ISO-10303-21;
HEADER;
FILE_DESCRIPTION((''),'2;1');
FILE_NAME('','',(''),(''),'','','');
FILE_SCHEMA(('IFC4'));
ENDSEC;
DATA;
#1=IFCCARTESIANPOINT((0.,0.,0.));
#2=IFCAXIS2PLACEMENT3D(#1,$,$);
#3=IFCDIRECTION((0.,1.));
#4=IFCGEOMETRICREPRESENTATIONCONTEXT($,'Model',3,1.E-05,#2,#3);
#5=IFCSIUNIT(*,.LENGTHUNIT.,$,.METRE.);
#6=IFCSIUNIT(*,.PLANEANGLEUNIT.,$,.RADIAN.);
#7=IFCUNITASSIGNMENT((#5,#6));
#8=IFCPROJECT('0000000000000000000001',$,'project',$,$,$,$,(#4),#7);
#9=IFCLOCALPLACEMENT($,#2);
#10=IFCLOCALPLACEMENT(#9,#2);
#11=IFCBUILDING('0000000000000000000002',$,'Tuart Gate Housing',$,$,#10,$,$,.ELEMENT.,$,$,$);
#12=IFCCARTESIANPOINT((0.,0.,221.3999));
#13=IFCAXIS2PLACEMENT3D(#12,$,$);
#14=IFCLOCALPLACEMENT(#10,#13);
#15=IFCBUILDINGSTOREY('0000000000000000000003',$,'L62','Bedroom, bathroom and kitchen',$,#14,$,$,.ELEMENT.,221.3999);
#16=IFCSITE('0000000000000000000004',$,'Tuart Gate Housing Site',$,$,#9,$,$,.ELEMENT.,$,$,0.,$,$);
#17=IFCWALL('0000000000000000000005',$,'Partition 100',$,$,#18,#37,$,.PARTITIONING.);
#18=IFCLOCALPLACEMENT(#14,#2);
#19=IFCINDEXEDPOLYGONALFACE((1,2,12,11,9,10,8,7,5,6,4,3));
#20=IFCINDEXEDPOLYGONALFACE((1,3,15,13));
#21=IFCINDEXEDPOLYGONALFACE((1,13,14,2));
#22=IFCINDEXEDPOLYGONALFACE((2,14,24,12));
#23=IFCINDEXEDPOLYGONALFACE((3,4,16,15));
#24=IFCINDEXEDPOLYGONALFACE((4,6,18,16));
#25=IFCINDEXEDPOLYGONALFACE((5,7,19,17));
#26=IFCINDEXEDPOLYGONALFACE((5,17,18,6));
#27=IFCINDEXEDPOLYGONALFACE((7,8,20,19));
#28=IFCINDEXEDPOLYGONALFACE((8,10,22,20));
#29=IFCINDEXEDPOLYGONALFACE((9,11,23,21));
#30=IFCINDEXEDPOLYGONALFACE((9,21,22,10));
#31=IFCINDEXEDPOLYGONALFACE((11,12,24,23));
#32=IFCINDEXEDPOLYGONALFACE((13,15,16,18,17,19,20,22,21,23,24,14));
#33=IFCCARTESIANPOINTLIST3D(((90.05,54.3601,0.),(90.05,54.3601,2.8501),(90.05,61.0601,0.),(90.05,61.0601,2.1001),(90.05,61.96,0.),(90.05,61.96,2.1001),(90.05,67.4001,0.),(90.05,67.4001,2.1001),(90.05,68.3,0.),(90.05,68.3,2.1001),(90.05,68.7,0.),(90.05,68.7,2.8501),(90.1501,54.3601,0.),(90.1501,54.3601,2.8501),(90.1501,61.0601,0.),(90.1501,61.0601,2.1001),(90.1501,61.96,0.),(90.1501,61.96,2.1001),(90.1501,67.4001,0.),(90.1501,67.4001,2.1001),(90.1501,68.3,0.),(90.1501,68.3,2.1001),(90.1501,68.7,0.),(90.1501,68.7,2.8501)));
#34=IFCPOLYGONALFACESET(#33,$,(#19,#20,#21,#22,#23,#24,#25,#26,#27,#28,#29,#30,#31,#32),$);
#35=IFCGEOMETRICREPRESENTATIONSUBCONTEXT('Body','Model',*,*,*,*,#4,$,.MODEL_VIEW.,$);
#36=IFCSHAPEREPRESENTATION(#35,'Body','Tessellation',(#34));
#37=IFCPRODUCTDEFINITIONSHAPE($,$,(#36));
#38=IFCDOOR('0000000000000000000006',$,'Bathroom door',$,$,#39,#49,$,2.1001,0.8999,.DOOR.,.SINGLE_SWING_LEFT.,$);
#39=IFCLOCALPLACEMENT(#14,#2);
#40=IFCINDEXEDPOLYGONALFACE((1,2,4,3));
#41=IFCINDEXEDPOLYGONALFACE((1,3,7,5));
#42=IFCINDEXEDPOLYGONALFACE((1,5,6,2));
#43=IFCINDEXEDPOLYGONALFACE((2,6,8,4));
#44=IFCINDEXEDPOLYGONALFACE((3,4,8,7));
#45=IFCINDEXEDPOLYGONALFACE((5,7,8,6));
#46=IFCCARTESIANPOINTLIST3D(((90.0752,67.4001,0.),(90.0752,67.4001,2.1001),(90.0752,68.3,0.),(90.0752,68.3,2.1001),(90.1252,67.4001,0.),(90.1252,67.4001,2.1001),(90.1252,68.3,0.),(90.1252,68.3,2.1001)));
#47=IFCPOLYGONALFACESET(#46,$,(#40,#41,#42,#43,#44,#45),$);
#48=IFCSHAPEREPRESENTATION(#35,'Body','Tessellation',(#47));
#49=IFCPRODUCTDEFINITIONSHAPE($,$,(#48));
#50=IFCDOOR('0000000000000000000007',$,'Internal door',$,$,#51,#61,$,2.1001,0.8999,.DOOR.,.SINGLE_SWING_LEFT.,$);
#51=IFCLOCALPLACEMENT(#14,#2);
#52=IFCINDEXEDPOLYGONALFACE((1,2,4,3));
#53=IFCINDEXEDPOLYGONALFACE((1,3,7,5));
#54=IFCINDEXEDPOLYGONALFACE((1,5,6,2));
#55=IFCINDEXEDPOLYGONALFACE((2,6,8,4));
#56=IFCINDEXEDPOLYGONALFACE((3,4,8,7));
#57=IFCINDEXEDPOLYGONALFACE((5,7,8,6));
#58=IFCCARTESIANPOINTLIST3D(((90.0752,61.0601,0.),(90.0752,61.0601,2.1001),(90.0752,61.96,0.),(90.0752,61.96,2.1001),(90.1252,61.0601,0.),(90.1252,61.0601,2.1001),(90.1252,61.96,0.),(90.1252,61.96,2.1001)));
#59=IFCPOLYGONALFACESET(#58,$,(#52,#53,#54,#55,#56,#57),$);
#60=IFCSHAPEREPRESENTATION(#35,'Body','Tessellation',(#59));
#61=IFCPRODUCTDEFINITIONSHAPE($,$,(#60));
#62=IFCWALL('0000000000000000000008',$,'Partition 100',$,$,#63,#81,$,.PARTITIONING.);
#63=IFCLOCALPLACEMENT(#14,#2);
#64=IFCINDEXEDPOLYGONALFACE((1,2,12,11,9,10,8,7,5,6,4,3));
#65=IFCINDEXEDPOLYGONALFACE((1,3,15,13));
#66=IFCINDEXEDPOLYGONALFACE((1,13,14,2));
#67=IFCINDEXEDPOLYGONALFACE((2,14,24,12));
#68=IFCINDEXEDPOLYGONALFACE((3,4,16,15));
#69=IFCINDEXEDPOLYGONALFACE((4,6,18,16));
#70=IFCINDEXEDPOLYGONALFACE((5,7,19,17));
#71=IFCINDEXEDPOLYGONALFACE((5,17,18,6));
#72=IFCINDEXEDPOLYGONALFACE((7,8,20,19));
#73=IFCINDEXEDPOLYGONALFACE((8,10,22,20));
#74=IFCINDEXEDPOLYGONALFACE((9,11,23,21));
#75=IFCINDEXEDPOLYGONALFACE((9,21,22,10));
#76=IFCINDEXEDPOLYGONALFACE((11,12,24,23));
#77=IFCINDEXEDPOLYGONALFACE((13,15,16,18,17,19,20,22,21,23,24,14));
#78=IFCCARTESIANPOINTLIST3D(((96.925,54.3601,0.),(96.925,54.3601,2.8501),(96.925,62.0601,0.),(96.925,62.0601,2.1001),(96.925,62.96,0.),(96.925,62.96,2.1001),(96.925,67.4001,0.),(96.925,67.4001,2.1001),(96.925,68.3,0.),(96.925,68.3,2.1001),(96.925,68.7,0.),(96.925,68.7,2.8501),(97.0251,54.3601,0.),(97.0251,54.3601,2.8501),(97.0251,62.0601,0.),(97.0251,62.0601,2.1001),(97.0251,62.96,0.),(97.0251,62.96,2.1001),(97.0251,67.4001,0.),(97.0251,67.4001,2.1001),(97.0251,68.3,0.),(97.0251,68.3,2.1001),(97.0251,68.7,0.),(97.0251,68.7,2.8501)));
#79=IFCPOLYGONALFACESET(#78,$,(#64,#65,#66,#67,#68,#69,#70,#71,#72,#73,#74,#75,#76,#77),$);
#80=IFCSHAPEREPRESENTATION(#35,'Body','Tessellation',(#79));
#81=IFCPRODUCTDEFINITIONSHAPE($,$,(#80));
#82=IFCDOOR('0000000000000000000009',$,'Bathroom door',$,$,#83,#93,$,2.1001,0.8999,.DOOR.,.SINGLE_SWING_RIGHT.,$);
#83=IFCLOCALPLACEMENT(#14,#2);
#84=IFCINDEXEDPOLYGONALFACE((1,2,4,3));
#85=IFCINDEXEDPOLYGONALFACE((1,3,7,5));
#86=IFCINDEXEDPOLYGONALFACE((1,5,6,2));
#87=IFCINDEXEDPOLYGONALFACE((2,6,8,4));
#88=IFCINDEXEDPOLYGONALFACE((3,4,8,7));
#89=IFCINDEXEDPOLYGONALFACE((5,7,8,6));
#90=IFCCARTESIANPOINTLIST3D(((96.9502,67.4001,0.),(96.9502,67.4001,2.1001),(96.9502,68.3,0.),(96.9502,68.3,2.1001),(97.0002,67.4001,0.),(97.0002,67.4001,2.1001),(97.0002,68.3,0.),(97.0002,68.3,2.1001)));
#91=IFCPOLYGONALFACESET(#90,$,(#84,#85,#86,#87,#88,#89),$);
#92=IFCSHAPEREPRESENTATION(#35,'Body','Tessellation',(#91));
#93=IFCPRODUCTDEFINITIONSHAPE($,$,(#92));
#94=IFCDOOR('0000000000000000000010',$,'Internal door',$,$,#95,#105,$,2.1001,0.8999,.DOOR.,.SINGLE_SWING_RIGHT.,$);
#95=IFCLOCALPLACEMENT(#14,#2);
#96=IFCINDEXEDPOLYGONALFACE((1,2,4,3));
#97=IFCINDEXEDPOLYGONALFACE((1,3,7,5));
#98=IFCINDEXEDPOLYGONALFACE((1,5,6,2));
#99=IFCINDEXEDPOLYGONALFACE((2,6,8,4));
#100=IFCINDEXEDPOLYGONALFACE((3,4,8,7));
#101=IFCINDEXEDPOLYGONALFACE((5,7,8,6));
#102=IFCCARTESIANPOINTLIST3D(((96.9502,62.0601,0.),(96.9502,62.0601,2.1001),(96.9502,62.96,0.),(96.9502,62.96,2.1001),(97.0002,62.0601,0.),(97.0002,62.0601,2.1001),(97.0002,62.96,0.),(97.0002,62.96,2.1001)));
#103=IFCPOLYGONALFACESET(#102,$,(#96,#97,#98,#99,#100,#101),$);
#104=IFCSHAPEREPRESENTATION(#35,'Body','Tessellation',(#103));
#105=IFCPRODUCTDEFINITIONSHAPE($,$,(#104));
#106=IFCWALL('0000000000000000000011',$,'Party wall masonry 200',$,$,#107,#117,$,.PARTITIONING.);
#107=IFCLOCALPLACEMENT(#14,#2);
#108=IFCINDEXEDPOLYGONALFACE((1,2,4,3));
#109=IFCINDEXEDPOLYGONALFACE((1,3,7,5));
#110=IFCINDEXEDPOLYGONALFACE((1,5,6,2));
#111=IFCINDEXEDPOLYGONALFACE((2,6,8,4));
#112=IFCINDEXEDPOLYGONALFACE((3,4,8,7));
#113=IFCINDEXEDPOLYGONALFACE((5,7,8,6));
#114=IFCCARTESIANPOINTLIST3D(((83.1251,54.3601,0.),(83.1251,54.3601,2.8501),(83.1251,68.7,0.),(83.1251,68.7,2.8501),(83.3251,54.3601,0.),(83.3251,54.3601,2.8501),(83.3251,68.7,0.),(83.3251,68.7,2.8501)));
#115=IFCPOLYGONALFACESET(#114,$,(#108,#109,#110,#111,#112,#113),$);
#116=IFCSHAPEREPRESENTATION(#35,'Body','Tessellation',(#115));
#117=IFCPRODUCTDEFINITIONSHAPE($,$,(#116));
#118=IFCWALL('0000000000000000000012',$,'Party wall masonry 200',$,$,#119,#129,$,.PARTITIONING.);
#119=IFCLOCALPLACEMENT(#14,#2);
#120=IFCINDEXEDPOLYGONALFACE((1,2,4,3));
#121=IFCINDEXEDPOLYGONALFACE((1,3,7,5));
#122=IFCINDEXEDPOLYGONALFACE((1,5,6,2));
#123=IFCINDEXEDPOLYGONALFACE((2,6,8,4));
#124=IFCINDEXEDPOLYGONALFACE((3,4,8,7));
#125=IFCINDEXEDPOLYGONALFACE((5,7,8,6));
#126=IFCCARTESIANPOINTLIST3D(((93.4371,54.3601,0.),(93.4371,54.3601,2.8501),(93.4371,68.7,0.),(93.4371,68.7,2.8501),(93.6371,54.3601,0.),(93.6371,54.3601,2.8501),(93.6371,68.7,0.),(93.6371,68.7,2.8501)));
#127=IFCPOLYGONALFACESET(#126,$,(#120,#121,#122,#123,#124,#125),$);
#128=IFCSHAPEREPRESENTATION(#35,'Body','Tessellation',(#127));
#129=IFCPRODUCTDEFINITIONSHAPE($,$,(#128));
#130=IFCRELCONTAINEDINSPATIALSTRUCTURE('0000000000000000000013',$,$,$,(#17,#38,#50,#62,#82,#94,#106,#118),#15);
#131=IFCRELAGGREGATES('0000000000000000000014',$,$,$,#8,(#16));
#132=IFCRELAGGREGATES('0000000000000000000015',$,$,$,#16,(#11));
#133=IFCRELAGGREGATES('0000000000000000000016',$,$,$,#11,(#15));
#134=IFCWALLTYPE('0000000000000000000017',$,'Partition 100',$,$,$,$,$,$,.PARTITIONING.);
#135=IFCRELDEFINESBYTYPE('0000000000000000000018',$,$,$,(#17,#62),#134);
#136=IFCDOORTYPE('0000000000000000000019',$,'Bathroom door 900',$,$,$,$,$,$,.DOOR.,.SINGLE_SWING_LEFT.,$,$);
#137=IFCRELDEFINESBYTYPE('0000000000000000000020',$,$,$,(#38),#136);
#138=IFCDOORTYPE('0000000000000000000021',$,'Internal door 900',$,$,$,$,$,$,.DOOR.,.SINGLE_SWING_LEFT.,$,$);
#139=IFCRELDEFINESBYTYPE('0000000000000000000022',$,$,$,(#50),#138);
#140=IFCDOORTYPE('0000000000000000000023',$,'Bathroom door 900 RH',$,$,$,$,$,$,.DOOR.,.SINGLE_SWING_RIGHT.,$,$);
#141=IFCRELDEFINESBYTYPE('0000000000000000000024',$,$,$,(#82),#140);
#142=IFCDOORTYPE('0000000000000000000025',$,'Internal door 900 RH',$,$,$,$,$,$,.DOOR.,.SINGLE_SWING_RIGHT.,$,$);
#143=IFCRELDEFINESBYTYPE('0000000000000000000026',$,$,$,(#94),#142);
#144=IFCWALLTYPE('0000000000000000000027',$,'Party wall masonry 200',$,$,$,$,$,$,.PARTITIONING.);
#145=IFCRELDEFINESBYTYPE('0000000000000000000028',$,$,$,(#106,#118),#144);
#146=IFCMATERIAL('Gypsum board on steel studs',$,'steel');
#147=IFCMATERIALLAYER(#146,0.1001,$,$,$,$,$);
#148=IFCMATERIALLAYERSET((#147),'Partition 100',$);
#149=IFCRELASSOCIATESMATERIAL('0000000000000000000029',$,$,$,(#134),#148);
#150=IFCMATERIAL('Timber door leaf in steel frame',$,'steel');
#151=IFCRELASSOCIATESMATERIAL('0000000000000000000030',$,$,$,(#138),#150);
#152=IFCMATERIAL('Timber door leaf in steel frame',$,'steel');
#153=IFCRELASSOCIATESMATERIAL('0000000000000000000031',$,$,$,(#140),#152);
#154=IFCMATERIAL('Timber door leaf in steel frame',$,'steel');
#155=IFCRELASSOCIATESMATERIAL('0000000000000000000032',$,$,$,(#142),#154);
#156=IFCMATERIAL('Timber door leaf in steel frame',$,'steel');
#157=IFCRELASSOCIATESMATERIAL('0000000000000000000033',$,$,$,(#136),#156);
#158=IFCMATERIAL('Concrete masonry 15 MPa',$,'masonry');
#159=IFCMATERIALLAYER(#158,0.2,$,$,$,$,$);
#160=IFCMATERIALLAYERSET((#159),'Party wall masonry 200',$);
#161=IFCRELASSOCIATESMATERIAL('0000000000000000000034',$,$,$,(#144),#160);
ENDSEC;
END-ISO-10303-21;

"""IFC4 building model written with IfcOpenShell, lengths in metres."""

from ifc_helpers import new_model, si_unit, direction, frame, frame_2d, origin, place, context, subcontext, project, spatial, rectangle, extrude, material, layer, layer_set, type_object, element, fill, save


model = new_model("IFC4")

# Units and contexts
model_context = context("Model", 3, precision=1e-05, world=origin(), true_north=direction((0.0, 1.0)))
body_context = subcontext(model_context, "Body", "Model", "MODEL_VIEW")
ifc_project = project(units=[si_unit("LENGTHUNIT", "METRE"), si_unit("PLANEANGLEUNIT", "RADIAN")], contexts=[model_context])

# Site, building, storey
site_placement = place(None, origin())
site = spatial("IfcSite", under=ifc_project, at=site_placement, Name="Tuart Gate Housing Site", CompositionType="ELEMENT", RefElevation=0.0)
building_placement = place(site_placement, origin())
building = spatial("IfcBuilding", under=site, at=building_placement, Name="Tuart Gate Housing", CompositionType="ELEMENT")
storey_placement = place(building_placement, frame((0.0, 0.0, 221.3999)))
storey = spatial("IfcBuildingStorey", under=building, at=storey_placement, Name="L62", Description="Bedroom, bathroom and kitchen", CompositionType="ELEMENT", Elevation=221.3999)

# Shared definitions
ifc_material_1 = material(Name="Gypsum board on steel studs", Category="steel")
ifc_layer_1 = layer(ifc_material_1, 0.1001)
ifc_layer_set_1 = layer_set([ifc_layer_1], Name="Partition 100")
wall_type_1 = type_object("IfcWallType", Name="Partition 100", PredefinedType="PARTITIONING", material=ifc_layer_set_1)
ifc_material_2 = material(Name="Timber door leaf in steel frame", Category="steel")
door_type_1 = type_object("IfcDoorType", Name="Internal door 900", OperationType="SINGLE_SWING_LEFT", PredefinedType="DOOR", material=ifc_material_2)

# Walls, openings, doors
ifc_material_3 = material(Name="Timber door leaf in steel frame", Category="steel")
door_type_2 = type_object("IfcDoorType", Name="Bathroom door 900 RH", OperationType="SINGLE_SWING_RIGHT", PredefinedType="DOOR", material=ifc_material_3)
ifc_material_4 = material(Name="Timber door leaf in steel frame", Category="steel")
door_type_3 = type_object("IfcDoorType", Name="Internal door 900 RH", OperationType="SINGLE_SWING_RIGHT", PredefinedType="DOOR", material=ifc_material_4)
wall_1_placement = place(storey_placement, frame((90.1001, 54.3601, 0.0), z_axis=(0.0, 0.0, 1.0), x_axis=(0.0, 1.0, 0.0)))
wall_1 = element("IfcWall", 1, at=wall_1_placement, inside=storey, type_object=wall_type_1, Name="Partition 100", PredefinedType="PARTITIONING", context=body_context, shape_type="SweptSolid", body=[
    extrude(rectangle(XDim=14.3398, YDim=0.1001, at=frame_2d((7.1699, 0.0))), origin(), (0.0, 0.0, 1.0), 2.8501),
])
opening_1_placement = place(wall_1_placement, frame((6.7, 0.0, 0.0)))
opening_1 = element("IfcOpeningElement", 2, at=opening_1_placement, cuts=wall_1, PredefinedType="OPENING", context=body_context, shape_type="SweptSolid", body=[
    extrude(rectangle(XDim=0.8999, YDim=2.1001, at=frame_2d((0.45, 1.05))), frame((0.0, 0.0601, 0.0), z_axis=(0.0, -1.0, 0.0), x_axis=(1.0, 0.0, 0.0)), (0.0, 0.0, 1.0), 0.1201),
])
opening_2_placement = place(wall_1_placement, frame((13.04, 0.0, 0.0)))
opening_2 = element("IfcOpeningElement", 3, at=opening_2_placement, cuts=wall_1, PredefinedType="OPENING", context=body_context, shape_type="SweptSolid", body=[
    extrude(rectangle(XDim=0.8999, YDim=2.1001, at=frame_2d((0.45, 1.05))), frame((0.0, 0.0601, 0.0), z_axis=(0.0, -1.0, 0.0), x_axis=(1.0, 0.0, 0.0)), (0.0, 0.0, 1.0), 0.1201),
])
ifc_material_5 = material(Name="Timber door leaf in steel frame", Category="steel")
door_type_4 = type_object("IfcDoorType", Name="Bathroom door 900", OperationType="SINGLE_SWING_LEFT", PredefinedType="DOOR", material=ifc_material_5)
door_1_placement = place(opening_2_placement, frame((0.8999, 0.0, 0.0), z_axis=(0.0, 0.0, 1.0), x_axis=(-1.0, 0.0, 0.0)))
door_1 = element("IfcDoor", 4, at=door_1_placement, inside=storey, type_object=door_type_4, Name="Bathroom door", OperationType="SINGLE_SWING_LEFT", OverallHeight=2.1001, OverallWidth=0.8999, PredefinedType="DOOR", context=body_context, shape_type="SweptSolid", body=[
    extrude(rectangle(XDim=0.8999, YDim=2.1001, at=frame_2d((0.45, 1.05))), frame((0.0, 0.0251, 0.0), z_axis=(0.0, -1.0, 0.0), x_axis=(1.0, 0.0, 0.0)), (0.0, 0.0, 1.0), 0.05),
])
fill(opening_2, door_1)
door_2_placement = place(opening_1_placement, frame((0.8999, 0.0, 0.0), z_axis=(0.0, 0.0, 1.0), x_axis=(-1.0, 0.0, 0.0)))
door_2 = element("IfcDoor", 5, at=door_2_placement, inside=storey, type_object=door_type_1, Name="Internal door", OperationType="SINGLE_SWING_LEFT", OverallHeight=2.1001, OverallWidth=0.8999, PredefinedType="DOOR", context=body_context, shape_type="SweptSolid", body=[
    extrude(rectangle(XDim=0.8999, YDim=2.1001, at=frame_2d((0.45, 1.05))), frame((0.0, 0.0251, 0.0), z_axis=(0.0, -1.0, 0.0), x_axis=(1.0, 0.0, 0.0)), (0.0, 0.0, 1.0), 0.05),
])
fill(opening_1, door_2)
wall_2_placement = place(storey_placement, frame((96.9751, 54.3601, 0.0), z_axis=(0.0, 0.0, 1.0), x_axis=(0.0, 1.0, 0.0)))
wall_2 = element("IfcWall", 6, at=wall_2_placement, inside=storey, type_object=wall_type_1, Name="Partition 100", PredefinedType="PARTITIONING", context=body_context, shape_type="SweptSolid", body=[
    extrude(rectangle(XDim=14.3398, YDim=0.1001, at=frame_2d((7.1699, 0.0))), origin(), (0.0, 0.0, 1.0), 2.8501),
])
opening_3_placement = place(wall_2_placement, frame((7.7, 0.0, 0.0)))
opening_3 = element("IfcOpeningElement", 7, at=opening_3_placement, cuts=wall_2, PredefinedType="OPENING", context=body_context, shape_type="SweptSolid", body=[
    extrude(rectangle(XDim=0.8999, YDim=2.1001, at=frame_2d((0.45, 1.05))), frame((0.0, 0.0601, 0.0), z_axis=(0.0, -1.0, 0.0), x_axis=(1.0, 0.0, 0.0)), (0.0, 0.0, 1.0), 0.1201),
])
opening_4_placement = place(wall_2_placement, frame((13.04, 0.0, 0.0)))
opening_4 = element("IfcOpeningElement", 8, at=opening_4_placement, cuts=wall_2, PredefinedType="OPENING", context=body_context, shape_type="SweptSolid", body=[
    extrude(rectangle(XDim=0.8999, YDim=2.1001, at=frame_2d((0.45, 1.05))), frame((0.0, 0.0601, 0.0), z_axis=(0.0, -1.0, 0.0), x_axis=(1.0, 0.0, 0.0)), (0.0, 0.0, 1.0), 0.1201),
])
door_3_placement = place(opening_4_placement, origin())
door_3 = element("IfcDoor", 9, at=door_3_placement, inside=storey, type_object=door_type_2, Name="Bathroom door", OperationType="SINGLE_SWING_RIGHT", OverallHeight=2.1001, OverallWidth=0.8999, PredefinedType="DOOR", context=body_context, shape_type="SweptSolid", body=[
    extrude(rectangle(XDim=0.8999, YDim=2.1001, at=frame_2d((0.45, 1.05))), frame((0.0, 0.0249, 0.0), z_axis=(0.0, -1.0, 0.0), x_axis=(1.0, 0.0, 0.0)), (0.0, 0.0, 1.0), 0.05),
])
fill(opening_4, door_3)
door_4_placement = place(opening_3_placement, origin())
door_4 = element("IfcDoor", 10, at=door_4_placement, inside=storey, type_object=door_type_3, Name="Internal door", OperationType="SINGLE_SWING_RIGHT", OverallHeight=2.1001, OverallWidth=0.8999, PredefinedType="DOOR", context=body_context, shape_type="SweptSolid", body=[
    extrude(rectangle(XDim=0.8999, YDim=2.1001, at=frame_2d((0.45, 1.05))), frame((0.0, 0.0249, 0.0), z_axis=(0.0, -1.0, 0.0), x_axis=(1.0, 0.0, 0.0)), (0.0, 0.0, 1.0), 0.05),
])
fill(opening_3, door_4)

# Walls
ifc_material_6 = material(Name="Concrete masonry 15 MPa", Category="masonry")
ifc_layer_2 = layer(ifc_material_6, 0.2)
ifc_layer_set_2 = layer_set([ifc_layer_2], Name="Party wall masonry 200")
wall_type_2 = type_object("IfcWallType", Name="Party wall masonry 200", PredefinedType="PARTITIONING", material=ifc_layer_set_2)
for number, where, z_axis, x_axis, name in (
    (11, (83.2251, 54.3601, 0.0), (0.0, 0.0, 1.0), (0.0, 1.0, 0.0), "Party wall masonry 200"),
    (12, (93.5371, 54.3601, 0.0), (0.0, 0.0, 1.0), (0.0, 1.0, 0.0), "Party wall masonry 200"),
):
    element("IfcWall", number, at=place(storey_placement, frame(where, z_axis=z_axis, x_axis=x_axis)), inside=storey, type_object=wall_type_2, Name=name, PredefinedType="PARTITIONING", context=body_context, shape_type="SweptSolid", body=[
        extrude(rectangle(XDim=14.3398, YDim=0.2, at=frame_2d((7.1699, 0.0))), origin(), (0.0, 0.0, 1.0), 2.8501),
    ])

save(model, "model.ifc")
